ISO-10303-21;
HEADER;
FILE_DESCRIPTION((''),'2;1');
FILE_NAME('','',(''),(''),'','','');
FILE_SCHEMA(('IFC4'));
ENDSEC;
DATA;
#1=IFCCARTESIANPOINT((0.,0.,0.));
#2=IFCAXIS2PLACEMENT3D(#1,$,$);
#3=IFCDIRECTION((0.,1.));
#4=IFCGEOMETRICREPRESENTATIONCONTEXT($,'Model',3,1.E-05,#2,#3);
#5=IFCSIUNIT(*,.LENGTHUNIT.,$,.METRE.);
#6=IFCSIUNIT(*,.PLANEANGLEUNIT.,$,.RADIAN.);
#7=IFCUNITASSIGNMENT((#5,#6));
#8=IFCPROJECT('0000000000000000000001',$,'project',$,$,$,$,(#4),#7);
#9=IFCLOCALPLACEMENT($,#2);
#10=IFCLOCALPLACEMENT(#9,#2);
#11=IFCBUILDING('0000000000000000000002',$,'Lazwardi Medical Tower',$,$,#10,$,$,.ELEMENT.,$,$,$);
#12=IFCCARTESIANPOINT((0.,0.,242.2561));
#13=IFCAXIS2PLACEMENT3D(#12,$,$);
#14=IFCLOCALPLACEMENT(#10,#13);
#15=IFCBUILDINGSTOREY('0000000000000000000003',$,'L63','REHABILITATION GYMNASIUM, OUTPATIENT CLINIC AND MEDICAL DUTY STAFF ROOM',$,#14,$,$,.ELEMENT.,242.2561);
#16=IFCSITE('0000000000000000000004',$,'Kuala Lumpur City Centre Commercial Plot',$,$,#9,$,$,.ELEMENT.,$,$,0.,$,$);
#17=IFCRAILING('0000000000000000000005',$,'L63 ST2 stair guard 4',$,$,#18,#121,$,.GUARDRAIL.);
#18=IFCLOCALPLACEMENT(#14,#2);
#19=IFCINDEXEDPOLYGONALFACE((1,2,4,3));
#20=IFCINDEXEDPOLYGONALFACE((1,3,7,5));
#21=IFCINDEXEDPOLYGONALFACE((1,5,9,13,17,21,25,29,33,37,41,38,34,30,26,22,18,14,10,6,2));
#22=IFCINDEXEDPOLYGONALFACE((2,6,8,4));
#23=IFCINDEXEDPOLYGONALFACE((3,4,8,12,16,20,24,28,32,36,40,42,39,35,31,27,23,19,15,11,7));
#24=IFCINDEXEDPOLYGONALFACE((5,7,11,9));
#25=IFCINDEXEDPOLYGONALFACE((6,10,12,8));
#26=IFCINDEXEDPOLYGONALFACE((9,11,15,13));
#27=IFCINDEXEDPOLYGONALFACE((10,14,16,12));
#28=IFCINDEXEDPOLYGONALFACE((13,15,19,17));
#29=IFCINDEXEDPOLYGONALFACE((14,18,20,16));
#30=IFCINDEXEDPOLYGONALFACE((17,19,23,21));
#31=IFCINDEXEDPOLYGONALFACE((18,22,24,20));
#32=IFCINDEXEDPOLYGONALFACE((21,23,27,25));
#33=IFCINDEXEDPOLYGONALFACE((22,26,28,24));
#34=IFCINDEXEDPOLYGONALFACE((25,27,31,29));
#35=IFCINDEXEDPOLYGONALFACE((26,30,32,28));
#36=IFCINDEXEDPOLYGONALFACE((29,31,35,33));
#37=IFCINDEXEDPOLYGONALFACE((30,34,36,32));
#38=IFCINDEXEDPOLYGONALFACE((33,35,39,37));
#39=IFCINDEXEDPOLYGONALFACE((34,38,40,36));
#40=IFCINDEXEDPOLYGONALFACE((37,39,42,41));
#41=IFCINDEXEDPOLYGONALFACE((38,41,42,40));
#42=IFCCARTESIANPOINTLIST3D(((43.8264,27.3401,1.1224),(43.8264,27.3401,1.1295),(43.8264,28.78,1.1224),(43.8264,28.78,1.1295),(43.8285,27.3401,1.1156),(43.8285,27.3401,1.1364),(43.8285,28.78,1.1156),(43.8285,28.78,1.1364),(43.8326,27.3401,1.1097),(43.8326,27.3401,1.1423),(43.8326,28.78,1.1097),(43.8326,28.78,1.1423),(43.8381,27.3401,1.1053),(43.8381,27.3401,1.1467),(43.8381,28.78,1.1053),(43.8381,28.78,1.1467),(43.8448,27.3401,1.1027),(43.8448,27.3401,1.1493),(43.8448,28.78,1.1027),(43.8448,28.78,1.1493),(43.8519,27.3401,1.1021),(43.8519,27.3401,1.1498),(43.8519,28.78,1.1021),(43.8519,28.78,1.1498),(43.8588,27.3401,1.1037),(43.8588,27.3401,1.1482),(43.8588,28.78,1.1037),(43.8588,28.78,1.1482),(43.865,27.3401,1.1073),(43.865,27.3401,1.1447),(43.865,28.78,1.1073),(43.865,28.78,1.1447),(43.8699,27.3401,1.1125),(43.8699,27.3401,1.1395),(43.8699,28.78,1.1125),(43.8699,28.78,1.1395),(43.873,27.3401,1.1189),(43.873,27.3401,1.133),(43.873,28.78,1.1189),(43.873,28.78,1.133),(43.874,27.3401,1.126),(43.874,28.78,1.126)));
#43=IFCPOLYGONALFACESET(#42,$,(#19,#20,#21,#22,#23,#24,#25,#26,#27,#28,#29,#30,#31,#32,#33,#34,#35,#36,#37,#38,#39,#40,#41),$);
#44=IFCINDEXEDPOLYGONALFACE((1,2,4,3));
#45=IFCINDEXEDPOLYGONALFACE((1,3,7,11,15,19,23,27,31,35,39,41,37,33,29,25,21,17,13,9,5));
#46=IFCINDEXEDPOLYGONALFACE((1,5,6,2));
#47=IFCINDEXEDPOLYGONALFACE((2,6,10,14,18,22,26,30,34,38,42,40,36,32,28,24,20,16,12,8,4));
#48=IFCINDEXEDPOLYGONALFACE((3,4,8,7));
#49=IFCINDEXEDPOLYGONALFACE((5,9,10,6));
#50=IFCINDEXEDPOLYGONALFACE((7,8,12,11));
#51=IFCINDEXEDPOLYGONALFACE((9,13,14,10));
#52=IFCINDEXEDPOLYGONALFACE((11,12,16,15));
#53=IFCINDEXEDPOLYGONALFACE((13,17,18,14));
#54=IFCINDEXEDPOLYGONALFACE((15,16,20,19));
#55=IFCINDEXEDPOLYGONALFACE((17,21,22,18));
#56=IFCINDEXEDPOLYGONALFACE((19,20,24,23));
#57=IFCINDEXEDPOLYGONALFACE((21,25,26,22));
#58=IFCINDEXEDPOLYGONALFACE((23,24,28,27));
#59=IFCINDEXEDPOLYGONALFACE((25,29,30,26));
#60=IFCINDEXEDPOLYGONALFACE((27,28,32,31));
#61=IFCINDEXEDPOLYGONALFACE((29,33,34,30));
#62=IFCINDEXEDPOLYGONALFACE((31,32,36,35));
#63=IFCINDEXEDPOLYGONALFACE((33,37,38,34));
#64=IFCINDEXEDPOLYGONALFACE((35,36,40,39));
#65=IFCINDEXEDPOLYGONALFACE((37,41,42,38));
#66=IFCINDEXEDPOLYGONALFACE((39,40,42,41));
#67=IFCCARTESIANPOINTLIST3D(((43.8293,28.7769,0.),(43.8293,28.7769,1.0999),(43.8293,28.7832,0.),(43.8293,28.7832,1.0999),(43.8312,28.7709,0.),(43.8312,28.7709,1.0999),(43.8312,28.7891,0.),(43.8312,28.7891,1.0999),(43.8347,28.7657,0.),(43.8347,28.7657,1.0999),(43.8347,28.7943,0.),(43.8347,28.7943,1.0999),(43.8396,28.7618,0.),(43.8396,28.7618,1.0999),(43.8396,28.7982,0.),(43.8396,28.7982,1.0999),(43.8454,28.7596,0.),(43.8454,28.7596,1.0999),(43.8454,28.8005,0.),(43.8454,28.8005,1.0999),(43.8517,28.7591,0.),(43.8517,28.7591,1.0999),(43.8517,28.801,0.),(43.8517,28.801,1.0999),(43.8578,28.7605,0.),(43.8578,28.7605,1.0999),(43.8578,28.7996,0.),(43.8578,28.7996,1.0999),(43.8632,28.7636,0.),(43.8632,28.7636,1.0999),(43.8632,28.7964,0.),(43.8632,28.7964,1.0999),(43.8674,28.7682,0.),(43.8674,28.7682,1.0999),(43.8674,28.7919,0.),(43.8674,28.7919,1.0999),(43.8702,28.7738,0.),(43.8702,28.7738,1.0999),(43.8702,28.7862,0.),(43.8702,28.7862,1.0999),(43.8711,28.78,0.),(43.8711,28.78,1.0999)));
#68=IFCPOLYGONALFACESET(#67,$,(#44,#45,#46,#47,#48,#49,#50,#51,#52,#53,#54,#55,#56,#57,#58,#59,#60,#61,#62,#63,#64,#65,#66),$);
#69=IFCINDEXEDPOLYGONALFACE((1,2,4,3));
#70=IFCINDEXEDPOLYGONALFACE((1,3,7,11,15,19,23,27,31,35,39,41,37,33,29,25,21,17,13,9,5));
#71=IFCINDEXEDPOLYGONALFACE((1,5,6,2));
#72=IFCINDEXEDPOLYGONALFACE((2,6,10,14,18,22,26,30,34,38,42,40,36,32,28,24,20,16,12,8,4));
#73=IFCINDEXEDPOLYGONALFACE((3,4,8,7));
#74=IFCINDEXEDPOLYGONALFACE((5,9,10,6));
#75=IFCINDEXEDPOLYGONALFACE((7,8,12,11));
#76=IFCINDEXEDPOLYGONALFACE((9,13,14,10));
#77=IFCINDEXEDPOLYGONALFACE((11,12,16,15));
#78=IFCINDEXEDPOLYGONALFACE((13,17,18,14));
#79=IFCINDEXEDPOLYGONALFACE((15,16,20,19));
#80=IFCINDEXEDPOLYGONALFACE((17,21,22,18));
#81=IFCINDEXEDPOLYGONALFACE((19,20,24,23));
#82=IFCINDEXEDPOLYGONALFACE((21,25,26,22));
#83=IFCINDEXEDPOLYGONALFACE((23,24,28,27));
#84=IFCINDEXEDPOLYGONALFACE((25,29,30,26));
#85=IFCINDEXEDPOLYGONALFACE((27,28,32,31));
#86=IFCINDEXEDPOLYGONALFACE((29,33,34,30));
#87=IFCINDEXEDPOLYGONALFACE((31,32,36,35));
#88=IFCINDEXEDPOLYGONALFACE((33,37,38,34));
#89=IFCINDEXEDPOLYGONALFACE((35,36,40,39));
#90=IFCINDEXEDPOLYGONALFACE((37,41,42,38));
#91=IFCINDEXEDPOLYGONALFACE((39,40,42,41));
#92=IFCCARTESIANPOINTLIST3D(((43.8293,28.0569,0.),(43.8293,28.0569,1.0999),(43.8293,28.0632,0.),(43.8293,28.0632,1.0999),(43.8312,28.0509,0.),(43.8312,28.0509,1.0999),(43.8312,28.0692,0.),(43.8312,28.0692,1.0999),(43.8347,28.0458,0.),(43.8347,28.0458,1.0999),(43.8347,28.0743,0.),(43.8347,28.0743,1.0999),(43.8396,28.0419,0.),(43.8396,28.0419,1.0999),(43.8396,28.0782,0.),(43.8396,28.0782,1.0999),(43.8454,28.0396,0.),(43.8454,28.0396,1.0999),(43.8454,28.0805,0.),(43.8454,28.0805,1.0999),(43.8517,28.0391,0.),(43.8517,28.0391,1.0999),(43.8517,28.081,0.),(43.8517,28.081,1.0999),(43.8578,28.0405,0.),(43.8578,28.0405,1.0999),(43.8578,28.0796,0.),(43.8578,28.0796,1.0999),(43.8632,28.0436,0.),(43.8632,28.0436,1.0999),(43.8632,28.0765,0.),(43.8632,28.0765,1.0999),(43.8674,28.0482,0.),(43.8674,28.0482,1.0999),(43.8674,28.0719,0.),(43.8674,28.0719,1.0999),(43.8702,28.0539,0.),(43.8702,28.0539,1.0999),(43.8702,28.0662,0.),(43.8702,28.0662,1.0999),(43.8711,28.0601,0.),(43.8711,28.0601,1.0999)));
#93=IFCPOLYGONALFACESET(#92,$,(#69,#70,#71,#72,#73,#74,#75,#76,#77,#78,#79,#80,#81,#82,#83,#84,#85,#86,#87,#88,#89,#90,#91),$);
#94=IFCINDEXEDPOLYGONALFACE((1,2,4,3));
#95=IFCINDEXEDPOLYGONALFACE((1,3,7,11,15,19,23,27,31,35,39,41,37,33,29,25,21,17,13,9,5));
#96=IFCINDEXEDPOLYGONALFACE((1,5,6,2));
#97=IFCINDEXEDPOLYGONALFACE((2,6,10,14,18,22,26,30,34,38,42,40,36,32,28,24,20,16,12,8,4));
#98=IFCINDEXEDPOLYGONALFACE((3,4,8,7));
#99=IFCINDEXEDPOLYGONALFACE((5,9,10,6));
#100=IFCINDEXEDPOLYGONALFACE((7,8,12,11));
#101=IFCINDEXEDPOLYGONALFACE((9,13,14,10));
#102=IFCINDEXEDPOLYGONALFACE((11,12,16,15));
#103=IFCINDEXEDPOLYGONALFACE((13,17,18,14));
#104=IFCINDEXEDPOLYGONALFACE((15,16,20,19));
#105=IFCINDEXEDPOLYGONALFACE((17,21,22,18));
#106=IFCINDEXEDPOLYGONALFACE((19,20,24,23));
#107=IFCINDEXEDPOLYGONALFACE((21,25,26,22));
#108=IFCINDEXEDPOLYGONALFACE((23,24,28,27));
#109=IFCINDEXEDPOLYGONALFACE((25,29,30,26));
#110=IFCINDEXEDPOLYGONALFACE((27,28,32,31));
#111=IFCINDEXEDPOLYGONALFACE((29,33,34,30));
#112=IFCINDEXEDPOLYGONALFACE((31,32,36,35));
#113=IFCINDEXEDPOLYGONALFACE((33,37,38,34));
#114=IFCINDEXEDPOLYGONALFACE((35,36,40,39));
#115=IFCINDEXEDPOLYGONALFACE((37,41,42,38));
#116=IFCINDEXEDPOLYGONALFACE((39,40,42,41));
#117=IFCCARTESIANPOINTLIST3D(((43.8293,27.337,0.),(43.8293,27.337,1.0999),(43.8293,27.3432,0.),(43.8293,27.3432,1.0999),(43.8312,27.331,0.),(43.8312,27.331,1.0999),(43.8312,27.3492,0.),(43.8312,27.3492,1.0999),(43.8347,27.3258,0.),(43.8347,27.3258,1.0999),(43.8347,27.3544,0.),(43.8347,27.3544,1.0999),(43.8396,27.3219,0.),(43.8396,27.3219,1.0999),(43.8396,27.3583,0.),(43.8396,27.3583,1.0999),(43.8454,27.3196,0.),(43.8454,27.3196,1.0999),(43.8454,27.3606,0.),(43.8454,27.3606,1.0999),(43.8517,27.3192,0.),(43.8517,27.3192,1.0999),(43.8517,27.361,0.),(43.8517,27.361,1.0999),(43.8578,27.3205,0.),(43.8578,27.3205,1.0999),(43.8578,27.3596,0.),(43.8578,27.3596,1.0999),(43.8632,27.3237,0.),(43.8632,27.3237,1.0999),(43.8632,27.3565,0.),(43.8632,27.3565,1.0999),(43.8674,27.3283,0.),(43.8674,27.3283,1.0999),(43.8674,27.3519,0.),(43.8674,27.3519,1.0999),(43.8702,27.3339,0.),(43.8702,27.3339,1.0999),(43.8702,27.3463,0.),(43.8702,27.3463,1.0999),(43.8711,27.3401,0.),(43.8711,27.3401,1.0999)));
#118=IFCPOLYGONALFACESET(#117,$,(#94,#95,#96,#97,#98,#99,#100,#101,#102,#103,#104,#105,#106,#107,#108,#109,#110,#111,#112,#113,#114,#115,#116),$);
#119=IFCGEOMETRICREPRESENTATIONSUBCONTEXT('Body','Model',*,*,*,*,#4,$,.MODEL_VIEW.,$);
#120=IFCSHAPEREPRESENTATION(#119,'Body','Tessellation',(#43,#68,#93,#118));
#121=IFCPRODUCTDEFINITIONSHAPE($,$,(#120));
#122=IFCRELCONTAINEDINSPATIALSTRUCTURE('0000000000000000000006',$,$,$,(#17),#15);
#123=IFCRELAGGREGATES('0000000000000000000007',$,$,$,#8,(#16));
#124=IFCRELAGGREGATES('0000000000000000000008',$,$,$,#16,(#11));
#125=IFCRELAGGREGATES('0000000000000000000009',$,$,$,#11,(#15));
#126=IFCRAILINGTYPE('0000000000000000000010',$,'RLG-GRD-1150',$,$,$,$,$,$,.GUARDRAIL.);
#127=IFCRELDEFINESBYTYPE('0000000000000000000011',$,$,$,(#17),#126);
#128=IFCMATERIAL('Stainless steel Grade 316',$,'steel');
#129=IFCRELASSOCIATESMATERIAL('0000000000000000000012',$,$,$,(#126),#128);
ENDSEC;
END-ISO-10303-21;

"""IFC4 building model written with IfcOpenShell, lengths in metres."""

from ifc_helpers import new_model, si_unit, direction, frame, origin, origin_2d, place, context, subcontext, project, spatial, circle, extrude, material, type_object, element, save


model = new_model("IFC4")

# Units and contexts
model_context = context("Model", 3, precision=1e-05, world=origin(), true_north=direction((0.0, 1.0)))
body_context = subcontext(model_context, "Body", "Model", "MODEL_VIEW")
ifc_project = project(units=[si_unit("LENGTHUNIT", "METRE"), si_unit("PLANEANGLEUNIT", "RADIAN")], contexts=[model_context])

# Site, building, storey
site_placement = place(None, origin())
site = spatial("IfcSite", under=ifc_project, at=site_placement, Name="Kuala Lumpur City Centre Commercial Plot", CompositionType="ELEMENT", RefElevation=0.0)
building_placement = place(site_placement, origin())
building = spatial("IfcBuilding", under=site, at=building_placement, Name="Lazwardi Medical Tower", CompositionType="ELEMENT")
storey_placement = place(building_placement, frame((0.0, 0.0, 242.2561)))
storey = spatial("IfcBuildingStorey", under=building, at=storey_placement, Name="L63", Description="REHABILITATION GYMNASIUM, OUTPATIENT CLINIC AND MEDICAL DUTY STAFF ROOM", CompositionType="ELEMENT", Elevation=242.2561)

# Railing
ifc_material_1 = material(Name="Stainless steel Grade 316", Category="steel")
railing_type_1 = type_object("IfcRailingType", Name="RLG-GRD-1150", PredefinedType="GUARDRAIL", material=ifc_material_1)
railing_1_placement = place(storey_placement, frame((43.8501, 28.78, 0.0)))
element("IfcRailing", 1, at=railing_1_placement, inside=storey, type_object=railing_type_1, Name="L63 ST2 stair guard 4", PredefinedType="GUARDRAIL", context=body_context, shape_type="SweptSolid", body=[
    extrude(circle(Radius=0.0239, at=origin_2d()), frame((0.0, 0.0, 1.126), z_axis=(0.0, -1.0, 0.0), x_axis=(1.0, 0.0, 0.0)), (0.0, 0.0, 1.0), 1.4399),
    extrude(circle(Radius=0.021, at=origin_2d()), origin(), (0.0, 0.0, 1.0), 1.0999),
    extrude(circle(Radius=0.021, at=origin_2d()), frame((0.0, -0.72, 0.0)), (0.0, 0.0, 1.0), 1.0999),
    extrude(circle(Radius=0.021, at=origin_2d()), frame((0.0, -1.4399, 0.0)), (0.0, 0.0, 1.0), 1.0999),
])

save(model, "model.ifc")
